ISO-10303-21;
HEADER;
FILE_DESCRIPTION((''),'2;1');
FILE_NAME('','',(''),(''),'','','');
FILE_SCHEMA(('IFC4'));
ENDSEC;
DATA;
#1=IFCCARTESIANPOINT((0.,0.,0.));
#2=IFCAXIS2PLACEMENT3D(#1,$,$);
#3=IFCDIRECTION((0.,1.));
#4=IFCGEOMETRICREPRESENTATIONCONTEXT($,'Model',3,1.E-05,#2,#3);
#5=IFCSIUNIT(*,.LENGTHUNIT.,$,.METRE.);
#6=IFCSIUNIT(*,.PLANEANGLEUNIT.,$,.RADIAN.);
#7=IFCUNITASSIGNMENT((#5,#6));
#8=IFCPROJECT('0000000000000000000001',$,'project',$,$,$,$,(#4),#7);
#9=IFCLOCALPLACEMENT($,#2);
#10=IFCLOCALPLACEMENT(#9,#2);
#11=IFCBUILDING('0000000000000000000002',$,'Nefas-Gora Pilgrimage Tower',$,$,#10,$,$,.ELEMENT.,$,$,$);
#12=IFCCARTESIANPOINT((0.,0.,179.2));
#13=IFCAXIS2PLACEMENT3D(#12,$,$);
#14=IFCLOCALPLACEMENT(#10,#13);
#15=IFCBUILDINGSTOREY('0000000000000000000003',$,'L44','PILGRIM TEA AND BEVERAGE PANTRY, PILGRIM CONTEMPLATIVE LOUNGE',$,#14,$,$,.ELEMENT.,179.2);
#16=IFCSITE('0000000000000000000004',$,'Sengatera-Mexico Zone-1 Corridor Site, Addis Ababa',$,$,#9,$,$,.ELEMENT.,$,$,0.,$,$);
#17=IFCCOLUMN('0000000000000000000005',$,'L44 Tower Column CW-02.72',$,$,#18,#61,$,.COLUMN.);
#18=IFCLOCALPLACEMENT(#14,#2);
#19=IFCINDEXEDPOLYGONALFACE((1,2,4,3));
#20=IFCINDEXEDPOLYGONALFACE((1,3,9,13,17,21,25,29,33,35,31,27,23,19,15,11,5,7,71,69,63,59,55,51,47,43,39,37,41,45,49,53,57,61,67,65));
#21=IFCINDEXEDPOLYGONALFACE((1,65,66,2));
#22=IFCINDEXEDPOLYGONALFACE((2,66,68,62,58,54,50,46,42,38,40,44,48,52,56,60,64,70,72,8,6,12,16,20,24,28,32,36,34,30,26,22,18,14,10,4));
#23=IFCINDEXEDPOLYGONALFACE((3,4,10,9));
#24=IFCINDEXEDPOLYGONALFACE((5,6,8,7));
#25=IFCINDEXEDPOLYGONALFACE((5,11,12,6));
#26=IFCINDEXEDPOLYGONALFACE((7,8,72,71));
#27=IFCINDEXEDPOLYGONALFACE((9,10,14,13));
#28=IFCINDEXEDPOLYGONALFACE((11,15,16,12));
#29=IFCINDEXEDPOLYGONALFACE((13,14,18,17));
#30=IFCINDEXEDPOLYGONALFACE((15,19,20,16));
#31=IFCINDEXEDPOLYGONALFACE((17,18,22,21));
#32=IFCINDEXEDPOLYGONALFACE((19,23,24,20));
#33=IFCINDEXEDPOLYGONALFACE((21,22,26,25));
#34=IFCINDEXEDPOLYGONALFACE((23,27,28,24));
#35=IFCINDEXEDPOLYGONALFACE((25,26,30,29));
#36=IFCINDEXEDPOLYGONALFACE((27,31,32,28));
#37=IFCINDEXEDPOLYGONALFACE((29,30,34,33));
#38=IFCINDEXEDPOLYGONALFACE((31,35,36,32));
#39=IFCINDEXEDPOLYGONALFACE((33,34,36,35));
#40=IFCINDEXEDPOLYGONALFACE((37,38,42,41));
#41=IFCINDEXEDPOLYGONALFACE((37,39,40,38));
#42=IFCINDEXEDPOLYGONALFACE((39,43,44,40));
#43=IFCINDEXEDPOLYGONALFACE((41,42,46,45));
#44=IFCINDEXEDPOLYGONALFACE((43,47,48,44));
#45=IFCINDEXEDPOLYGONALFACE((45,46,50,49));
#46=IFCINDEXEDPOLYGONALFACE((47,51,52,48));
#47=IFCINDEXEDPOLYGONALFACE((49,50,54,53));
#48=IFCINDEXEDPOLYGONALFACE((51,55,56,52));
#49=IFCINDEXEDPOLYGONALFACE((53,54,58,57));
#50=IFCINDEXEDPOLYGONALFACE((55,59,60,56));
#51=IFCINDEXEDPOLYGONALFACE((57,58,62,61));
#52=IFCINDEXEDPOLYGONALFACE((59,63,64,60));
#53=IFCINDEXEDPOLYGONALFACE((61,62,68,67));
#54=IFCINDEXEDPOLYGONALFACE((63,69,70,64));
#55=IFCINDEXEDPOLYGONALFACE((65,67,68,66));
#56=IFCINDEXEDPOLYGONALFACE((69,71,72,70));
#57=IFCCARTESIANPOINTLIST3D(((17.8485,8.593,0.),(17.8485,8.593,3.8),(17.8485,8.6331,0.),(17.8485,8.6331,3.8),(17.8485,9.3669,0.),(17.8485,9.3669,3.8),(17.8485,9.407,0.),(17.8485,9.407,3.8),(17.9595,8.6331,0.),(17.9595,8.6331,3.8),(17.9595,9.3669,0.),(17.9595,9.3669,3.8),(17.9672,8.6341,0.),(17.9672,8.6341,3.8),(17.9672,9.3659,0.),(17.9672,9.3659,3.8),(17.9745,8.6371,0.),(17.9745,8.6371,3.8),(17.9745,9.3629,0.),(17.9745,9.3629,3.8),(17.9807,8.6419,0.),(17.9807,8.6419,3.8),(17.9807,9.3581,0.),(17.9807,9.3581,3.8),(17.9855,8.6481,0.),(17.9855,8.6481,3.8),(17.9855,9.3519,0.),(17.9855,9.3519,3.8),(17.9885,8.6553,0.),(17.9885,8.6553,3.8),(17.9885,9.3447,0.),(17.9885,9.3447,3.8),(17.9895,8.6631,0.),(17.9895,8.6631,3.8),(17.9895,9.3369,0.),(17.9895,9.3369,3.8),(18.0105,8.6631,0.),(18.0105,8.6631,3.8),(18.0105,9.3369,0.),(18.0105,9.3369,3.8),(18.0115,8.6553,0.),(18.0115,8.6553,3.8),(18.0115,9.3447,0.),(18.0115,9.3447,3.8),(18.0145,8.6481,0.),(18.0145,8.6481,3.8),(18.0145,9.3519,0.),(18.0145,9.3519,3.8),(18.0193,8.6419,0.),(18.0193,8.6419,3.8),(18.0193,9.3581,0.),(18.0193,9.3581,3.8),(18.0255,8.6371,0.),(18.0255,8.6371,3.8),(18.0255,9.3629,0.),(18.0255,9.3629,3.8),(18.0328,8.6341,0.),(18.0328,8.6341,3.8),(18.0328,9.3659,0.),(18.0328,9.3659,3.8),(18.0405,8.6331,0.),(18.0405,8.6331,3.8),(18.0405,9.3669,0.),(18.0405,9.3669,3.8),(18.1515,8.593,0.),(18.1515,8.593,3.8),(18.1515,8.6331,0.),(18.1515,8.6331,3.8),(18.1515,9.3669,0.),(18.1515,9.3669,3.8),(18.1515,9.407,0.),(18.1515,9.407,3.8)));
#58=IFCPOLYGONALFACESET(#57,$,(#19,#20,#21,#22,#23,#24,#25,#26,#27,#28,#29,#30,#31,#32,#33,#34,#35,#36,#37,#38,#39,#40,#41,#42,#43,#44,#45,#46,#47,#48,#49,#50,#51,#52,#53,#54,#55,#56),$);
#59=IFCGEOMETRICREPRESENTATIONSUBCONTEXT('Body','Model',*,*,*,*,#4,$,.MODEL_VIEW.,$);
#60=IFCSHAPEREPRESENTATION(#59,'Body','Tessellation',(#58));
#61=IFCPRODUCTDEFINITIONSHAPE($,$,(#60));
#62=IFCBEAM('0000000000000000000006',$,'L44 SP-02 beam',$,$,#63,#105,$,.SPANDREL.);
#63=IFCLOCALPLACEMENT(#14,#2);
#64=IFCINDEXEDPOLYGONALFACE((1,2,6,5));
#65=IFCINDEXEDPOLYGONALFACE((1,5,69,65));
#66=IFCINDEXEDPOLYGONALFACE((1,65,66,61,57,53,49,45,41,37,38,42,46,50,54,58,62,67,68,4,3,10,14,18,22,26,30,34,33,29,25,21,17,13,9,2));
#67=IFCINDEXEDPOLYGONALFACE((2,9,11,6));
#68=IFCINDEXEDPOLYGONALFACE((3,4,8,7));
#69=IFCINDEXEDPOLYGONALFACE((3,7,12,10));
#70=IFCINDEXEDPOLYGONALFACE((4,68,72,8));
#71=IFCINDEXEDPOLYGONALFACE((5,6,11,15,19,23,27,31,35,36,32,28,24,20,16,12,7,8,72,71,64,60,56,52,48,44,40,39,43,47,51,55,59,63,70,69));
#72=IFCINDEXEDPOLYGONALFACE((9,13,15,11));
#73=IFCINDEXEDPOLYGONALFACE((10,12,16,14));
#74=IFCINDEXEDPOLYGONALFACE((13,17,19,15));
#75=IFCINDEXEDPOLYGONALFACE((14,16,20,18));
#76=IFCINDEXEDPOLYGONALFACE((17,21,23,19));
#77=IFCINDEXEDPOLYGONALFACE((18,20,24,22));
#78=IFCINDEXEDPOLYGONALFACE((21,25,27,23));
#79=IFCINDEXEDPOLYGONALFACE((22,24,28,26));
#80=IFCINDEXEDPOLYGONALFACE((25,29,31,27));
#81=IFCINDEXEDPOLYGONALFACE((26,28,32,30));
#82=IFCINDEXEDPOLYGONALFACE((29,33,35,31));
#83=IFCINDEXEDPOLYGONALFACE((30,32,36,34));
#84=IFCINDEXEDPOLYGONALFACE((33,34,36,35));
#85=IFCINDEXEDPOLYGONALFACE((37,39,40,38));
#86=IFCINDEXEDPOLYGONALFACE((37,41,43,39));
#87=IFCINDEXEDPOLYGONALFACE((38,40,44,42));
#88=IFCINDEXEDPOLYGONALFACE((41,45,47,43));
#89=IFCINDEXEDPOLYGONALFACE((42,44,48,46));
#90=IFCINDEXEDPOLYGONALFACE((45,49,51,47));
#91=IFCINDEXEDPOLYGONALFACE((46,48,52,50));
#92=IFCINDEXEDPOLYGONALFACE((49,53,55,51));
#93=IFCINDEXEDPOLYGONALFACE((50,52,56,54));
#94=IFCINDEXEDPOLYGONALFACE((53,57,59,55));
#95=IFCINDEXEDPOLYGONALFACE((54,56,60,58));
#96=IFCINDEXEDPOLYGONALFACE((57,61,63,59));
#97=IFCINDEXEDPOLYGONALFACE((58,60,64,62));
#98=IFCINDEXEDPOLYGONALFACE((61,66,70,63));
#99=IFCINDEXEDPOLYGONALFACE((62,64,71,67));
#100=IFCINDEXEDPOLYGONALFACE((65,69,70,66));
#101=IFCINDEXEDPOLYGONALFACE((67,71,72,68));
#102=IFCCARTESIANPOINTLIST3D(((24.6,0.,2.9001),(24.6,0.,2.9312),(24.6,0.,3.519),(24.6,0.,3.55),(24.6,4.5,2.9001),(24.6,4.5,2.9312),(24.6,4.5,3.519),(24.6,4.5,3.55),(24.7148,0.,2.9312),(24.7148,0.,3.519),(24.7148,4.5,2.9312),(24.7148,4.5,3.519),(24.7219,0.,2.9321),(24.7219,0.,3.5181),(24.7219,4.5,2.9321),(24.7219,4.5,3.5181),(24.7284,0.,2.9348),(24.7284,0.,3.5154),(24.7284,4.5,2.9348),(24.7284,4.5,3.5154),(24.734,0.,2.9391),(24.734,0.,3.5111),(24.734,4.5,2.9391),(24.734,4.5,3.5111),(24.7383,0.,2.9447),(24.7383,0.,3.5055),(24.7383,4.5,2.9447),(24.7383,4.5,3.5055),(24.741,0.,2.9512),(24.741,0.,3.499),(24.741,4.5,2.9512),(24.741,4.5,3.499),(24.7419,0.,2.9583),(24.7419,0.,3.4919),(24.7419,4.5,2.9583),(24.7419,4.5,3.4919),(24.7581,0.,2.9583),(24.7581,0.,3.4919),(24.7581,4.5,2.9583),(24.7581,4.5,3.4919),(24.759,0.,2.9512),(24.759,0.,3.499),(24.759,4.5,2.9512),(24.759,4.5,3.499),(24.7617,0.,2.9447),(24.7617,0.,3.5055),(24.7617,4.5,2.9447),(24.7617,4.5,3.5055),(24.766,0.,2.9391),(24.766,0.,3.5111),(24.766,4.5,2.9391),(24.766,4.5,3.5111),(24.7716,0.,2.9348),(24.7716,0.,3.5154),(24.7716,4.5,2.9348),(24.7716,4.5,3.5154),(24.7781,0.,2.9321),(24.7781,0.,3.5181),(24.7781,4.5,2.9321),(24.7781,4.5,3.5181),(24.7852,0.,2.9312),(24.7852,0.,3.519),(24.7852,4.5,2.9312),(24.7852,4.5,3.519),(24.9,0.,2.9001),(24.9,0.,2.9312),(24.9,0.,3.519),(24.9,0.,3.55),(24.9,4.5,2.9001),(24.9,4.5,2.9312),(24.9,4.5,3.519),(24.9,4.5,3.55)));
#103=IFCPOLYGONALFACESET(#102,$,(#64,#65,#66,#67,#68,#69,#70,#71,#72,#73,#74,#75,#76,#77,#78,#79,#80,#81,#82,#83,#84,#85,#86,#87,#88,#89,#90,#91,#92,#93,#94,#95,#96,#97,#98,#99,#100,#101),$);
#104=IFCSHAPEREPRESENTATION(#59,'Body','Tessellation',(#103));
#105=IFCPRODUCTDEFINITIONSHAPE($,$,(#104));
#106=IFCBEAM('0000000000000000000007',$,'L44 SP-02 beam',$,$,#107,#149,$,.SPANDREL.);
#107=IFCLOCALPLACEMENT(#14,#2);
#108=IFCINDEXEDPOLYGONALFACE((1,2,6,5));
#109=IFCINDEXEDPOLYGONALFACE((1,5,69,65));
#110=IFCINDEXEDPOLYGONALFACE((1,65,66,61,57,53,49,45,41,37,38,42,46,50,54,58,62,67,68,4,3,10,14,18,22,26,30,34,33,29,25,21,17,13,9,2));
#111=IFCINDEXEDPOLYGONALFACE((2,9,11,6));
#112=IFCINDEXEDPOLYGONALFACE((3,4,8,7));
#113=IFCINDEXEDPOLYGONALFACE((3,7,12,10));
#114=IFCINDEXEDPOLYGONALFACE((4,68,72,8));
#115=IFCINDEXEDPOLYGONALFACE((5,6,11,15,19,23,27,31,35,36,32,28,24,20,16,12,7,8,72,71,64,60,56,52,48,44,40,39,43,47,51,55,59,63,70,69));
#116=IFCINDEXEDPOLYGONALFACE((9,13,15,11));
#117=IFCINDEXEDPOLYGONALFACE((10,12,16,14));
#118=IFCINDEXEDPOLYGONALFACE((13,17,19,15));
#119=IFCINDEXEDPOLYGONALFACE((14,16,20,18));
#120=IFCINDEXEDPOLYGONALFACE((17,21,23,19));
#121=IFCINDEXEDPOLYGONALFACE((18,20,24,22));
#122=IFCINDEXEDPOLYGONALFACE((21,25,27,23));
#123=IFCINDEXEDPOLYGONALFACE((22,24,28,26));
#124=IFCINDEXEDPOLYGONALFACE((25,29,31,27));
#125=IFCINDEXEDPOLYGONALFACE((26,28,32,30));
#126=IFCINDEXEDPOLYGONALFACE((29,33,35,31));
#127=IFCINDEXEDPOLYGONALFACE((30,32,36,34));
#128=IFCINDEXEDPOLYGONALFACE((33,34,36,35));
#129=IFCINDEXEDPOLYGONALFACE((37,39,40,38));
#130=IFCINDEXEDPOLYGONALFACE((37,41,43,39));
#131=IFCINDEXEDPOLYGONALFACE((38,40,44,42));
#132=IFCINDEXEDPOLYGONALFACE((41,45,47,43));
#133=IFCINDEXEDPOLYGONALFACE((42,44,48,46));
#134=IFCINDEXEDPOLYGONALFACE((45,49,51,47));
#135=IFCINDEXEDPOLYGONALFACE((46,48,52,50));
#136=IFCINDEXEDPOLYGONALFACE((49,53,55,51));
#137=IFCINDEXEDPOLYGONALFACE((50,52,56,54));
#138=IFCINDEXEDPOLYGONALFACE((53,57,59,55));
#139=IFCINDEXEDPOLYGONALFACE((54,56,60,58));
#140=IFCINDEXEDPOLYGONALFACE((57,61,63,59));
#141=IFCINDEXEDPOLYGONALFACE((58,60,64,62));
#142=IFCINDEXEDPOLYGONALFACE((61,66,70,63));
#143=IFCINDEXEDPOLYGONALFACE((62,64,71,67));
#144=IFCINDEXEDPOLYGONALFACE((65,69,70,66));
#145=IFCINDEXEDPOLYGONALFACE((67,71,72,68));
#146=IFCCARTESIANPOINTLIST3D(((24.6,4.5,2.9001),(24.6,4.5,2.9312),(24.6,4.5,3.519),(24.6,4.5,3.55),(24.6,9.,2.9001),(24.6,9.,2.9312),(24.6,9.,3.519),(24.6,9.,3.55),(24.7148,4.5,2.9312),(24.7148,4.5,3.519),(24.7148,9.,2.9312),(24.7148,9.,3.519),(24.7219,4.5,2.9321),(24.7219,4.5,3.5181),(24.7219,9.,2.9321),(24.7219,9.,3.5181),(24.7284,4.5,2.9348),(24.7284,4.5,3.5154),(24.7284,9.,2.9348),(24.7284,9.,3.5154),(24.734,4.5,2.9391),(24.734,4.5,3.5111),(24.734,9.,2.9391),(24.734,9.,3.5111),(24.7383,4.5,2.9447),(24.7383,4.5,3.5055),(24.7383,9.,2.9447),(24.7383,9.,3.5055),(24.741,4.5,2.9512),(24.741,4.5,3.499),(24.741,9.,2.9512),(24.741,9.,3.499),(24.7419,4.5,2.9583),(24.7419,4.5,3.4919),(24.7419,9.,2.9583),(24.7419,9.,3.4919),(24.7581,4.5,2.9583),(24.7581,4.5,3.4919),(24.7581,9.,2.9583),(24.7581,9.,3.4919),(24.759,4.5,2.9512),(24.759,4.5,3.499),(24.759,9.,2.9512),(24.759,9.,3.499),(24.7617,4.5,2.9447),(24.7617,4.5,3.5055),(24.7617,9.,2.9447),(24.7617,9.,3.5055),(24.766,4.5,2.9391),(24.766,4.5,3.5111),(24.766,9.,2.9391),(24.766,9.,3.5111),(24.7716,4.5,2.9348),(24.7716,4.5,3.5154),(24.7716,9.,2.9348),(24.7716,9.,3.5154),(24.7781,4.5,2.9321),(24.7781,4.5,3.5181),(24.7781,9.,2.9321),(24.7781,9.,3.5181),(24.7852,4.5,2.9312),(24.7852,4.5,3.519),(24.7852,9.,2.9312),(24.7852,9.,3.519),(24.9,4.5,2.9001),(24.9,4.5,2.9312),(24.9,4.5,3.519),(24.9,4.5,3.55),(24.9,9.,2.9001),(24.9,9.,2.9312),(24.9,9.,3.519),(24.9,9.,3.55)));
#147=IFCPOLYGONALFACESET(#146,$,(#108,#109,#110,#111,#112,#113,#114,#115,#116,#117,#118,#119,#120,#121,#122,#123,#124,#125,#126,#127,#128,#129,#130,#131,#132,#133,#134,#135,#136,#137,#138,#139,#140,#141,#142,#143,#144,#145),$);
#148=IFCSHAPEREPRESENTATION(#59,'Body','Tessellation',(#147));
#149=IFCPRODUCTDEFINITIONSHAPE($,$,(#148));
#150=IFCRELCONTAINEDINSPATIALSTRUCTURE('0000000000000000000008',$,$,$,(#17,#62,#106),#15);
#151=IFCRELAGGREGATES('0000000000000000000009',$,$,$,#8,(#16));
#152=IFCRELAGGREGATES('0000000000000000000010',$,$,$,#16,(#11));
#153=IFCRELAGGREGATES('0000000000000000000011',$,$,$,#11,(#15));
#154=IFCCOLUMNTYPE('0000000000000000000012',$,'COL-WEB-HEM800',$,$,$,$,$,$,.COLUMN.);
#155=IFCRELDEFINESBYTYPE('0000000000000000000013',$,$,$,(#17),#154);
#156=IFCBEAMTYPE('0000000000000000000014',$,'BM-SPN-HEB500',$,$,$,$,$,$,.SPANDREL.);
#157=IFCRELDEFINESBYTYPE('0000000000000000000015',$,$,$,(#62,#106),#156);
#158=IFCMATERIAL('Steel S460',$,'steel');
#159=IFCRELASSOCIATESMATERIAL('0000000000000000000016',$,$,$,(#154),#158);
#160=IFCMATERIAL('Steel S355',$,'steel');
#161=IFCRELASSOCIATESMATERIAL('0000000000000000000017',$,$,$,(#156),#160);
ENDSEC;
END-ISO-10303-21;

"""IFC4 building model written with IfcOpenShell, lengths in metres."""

from ifc_helpers import new_model, si_unit, direction, frame, origin, origin_2d, place, context, subcontext, project, spatial, i_section, extrude, source, transform, mapped, material, material_profile, profile_set, type_object, element, save


model = new_model("IFC4")

# Units and contexts
model_context = context("Model", 3, precision=1e-05, world=origin(), true_north=direction((0.0, 1.0)))
body_context = subcontext(model_context, "Body", "Model", "MODEL_VIEW")
ifc_project = project(units=[si_unit("LENGTHUNIT", "METRE"), si_unit("PLANEANGLEUNIT", "RADIAN")], contexts=[model_context])

# Site, building, storey
site_placement = place(None, origin())
site = spatial("IfcSite", under=ifc_project, at=site_placement, Name="Sengatera-Mexico Zone-1 Corridor Site, Addis Ababa", CompositionType="ELEMENT", RefElevation=0.0)
building_placement = place(site_placement, origin())
building = spatial("IfcBuilding", under=site, at=building_placement, Name="Nefas-Gora Pilgrimage Tower", CompositionType="ELEMENT")
storey_placement = place(building_placement, frame((0.0, 0.0, 179.2)))
storey = spatial("IfcBuildingStorey", under=building, at=storey_placement, Name="L44", Description="PILGRIM TEA AND BEVERAGE PANTRY, PILGRIM CONTEMPLATIVE LOUNGE", CompositionType="ELEMENT", Elevation=179.2)

# Column
ifc_material_1 = material(Name="Steel S460", Category="steel")
ifc_material_profile_1 = material_profile(ifc_material_1, i_section(OverallWidth=0.303, OverallDepth=0.814, WebThickness=0.021, FlangeThickness=0.04, FilletRadius=0.03, at=origin_2d()), Name="HEM 800")
ifc_profile_set_1 = profile_set([ifc_material_profile_1], Name="Steel S460")
column_type_1 = type_object("IfcColumnType", Name="COL-WEB-HEM800", PredefinedType="COLUMN", material=ifc_profile_set_1)
shared_shape_1 = source(origin(), body_context, "Body", "SweptSolid", [
    extrude(i_section(OverallWidth=0.303, OverallDepth=0.814, WebThickness=0.021, FlangeThickness=0.04, FilletRadius=0.03, at=origin_2d()), origin(), (0.0, 0.0, 1.0), 3.8),
])
for number, where, z_axis, x_axis, name in (
    (1, (18.0, 9.0, 0.0), (0.0, 0.0, 1.0), (1.0, 0.0, 0.0), "L44 Tower Column CW-02.72"),
):
    element("IfcColumn", number, at=place(storey_placement, frame(where, z_axis=z_axis, x_axis=x_axis)), inside=storey, type_object=column_type_1, Name=name, PredefinedType="COLUMN", context=body_context, shape_type="MappedRepresentation", body=[
        mapped(shared_shape_1, transform((0.0, 0.0, 0.0), x_axis=(1.0, 0.0, 0.0), y_axis=(0.0, 1.0, 0.0), z_axis=(0.0, 0.0, 1.0), scale=1.0)),
    ])

# Beams
ifc_material_2 = material(Name="Steel S355", Category="steel")
ifc_material_profile_2 = material_profile(ifc_material_2, i_section(OverallWidth=0.3, OverallDepth=0.6499, WebThickness=0.0161, FlangeThickness=0.031, FilletRadius=0.0271, at=origin_2d()), Name="HEB 650")
ifc_profile_set_2 = profile_set([ifc_material_profile_2], Name="Steel S355")
beam_type_1 = type_object("IfcBeamType", Name="BM-SPN-HEB500", PredefinedType="SPANDREL", material=ifc_profile_set_2)
shared_shape_2 = source(origin(), body_context, "Body", "SweptSolid", [
    extrude(i_section(OverallWidth=0.3, OverallDepth=0.6499, WebThickness=0.0161, FlangeThickness=0.031, FilletRadius=0.0271, at=origin_2d()), origin(), (0.0, 0.0, 1.0), 4.5),
])
for number, where, z_axis, x_axis, name in (
    (2, (24.75, 0.0, 3.2251), (0.0, 1.0, 0.0), (-1.0, 0.0, 0.0), "L44 SP-02 beam"),
    (3, (24.75, 4.5, 3.2251), (0.0, 1.0, 0.0), (-1.0, 0.0, 0.0), "L44 SP-02 beam"),
):
    element("IfcBeam", number, at=place(storey_placement, frame(where, z_axis=z_axis, x_axis=x_axis)), inside=storey, type_object=beam_type_1, Name=name, PredefinedType="SPANDREL", context=body_context, shape_type="MappedRepresentation", body=[
        mapped(shared_shape_2, transform((0.0, 0.0, 0.0), x_axis=(1.0, 0.0, 0.0), y_axis=(0.0, 1.0, 0.0), z_axis=(0.0, 0.0, 1.0), scale=1.0)),
    ])

save(model, "model.ifc")
